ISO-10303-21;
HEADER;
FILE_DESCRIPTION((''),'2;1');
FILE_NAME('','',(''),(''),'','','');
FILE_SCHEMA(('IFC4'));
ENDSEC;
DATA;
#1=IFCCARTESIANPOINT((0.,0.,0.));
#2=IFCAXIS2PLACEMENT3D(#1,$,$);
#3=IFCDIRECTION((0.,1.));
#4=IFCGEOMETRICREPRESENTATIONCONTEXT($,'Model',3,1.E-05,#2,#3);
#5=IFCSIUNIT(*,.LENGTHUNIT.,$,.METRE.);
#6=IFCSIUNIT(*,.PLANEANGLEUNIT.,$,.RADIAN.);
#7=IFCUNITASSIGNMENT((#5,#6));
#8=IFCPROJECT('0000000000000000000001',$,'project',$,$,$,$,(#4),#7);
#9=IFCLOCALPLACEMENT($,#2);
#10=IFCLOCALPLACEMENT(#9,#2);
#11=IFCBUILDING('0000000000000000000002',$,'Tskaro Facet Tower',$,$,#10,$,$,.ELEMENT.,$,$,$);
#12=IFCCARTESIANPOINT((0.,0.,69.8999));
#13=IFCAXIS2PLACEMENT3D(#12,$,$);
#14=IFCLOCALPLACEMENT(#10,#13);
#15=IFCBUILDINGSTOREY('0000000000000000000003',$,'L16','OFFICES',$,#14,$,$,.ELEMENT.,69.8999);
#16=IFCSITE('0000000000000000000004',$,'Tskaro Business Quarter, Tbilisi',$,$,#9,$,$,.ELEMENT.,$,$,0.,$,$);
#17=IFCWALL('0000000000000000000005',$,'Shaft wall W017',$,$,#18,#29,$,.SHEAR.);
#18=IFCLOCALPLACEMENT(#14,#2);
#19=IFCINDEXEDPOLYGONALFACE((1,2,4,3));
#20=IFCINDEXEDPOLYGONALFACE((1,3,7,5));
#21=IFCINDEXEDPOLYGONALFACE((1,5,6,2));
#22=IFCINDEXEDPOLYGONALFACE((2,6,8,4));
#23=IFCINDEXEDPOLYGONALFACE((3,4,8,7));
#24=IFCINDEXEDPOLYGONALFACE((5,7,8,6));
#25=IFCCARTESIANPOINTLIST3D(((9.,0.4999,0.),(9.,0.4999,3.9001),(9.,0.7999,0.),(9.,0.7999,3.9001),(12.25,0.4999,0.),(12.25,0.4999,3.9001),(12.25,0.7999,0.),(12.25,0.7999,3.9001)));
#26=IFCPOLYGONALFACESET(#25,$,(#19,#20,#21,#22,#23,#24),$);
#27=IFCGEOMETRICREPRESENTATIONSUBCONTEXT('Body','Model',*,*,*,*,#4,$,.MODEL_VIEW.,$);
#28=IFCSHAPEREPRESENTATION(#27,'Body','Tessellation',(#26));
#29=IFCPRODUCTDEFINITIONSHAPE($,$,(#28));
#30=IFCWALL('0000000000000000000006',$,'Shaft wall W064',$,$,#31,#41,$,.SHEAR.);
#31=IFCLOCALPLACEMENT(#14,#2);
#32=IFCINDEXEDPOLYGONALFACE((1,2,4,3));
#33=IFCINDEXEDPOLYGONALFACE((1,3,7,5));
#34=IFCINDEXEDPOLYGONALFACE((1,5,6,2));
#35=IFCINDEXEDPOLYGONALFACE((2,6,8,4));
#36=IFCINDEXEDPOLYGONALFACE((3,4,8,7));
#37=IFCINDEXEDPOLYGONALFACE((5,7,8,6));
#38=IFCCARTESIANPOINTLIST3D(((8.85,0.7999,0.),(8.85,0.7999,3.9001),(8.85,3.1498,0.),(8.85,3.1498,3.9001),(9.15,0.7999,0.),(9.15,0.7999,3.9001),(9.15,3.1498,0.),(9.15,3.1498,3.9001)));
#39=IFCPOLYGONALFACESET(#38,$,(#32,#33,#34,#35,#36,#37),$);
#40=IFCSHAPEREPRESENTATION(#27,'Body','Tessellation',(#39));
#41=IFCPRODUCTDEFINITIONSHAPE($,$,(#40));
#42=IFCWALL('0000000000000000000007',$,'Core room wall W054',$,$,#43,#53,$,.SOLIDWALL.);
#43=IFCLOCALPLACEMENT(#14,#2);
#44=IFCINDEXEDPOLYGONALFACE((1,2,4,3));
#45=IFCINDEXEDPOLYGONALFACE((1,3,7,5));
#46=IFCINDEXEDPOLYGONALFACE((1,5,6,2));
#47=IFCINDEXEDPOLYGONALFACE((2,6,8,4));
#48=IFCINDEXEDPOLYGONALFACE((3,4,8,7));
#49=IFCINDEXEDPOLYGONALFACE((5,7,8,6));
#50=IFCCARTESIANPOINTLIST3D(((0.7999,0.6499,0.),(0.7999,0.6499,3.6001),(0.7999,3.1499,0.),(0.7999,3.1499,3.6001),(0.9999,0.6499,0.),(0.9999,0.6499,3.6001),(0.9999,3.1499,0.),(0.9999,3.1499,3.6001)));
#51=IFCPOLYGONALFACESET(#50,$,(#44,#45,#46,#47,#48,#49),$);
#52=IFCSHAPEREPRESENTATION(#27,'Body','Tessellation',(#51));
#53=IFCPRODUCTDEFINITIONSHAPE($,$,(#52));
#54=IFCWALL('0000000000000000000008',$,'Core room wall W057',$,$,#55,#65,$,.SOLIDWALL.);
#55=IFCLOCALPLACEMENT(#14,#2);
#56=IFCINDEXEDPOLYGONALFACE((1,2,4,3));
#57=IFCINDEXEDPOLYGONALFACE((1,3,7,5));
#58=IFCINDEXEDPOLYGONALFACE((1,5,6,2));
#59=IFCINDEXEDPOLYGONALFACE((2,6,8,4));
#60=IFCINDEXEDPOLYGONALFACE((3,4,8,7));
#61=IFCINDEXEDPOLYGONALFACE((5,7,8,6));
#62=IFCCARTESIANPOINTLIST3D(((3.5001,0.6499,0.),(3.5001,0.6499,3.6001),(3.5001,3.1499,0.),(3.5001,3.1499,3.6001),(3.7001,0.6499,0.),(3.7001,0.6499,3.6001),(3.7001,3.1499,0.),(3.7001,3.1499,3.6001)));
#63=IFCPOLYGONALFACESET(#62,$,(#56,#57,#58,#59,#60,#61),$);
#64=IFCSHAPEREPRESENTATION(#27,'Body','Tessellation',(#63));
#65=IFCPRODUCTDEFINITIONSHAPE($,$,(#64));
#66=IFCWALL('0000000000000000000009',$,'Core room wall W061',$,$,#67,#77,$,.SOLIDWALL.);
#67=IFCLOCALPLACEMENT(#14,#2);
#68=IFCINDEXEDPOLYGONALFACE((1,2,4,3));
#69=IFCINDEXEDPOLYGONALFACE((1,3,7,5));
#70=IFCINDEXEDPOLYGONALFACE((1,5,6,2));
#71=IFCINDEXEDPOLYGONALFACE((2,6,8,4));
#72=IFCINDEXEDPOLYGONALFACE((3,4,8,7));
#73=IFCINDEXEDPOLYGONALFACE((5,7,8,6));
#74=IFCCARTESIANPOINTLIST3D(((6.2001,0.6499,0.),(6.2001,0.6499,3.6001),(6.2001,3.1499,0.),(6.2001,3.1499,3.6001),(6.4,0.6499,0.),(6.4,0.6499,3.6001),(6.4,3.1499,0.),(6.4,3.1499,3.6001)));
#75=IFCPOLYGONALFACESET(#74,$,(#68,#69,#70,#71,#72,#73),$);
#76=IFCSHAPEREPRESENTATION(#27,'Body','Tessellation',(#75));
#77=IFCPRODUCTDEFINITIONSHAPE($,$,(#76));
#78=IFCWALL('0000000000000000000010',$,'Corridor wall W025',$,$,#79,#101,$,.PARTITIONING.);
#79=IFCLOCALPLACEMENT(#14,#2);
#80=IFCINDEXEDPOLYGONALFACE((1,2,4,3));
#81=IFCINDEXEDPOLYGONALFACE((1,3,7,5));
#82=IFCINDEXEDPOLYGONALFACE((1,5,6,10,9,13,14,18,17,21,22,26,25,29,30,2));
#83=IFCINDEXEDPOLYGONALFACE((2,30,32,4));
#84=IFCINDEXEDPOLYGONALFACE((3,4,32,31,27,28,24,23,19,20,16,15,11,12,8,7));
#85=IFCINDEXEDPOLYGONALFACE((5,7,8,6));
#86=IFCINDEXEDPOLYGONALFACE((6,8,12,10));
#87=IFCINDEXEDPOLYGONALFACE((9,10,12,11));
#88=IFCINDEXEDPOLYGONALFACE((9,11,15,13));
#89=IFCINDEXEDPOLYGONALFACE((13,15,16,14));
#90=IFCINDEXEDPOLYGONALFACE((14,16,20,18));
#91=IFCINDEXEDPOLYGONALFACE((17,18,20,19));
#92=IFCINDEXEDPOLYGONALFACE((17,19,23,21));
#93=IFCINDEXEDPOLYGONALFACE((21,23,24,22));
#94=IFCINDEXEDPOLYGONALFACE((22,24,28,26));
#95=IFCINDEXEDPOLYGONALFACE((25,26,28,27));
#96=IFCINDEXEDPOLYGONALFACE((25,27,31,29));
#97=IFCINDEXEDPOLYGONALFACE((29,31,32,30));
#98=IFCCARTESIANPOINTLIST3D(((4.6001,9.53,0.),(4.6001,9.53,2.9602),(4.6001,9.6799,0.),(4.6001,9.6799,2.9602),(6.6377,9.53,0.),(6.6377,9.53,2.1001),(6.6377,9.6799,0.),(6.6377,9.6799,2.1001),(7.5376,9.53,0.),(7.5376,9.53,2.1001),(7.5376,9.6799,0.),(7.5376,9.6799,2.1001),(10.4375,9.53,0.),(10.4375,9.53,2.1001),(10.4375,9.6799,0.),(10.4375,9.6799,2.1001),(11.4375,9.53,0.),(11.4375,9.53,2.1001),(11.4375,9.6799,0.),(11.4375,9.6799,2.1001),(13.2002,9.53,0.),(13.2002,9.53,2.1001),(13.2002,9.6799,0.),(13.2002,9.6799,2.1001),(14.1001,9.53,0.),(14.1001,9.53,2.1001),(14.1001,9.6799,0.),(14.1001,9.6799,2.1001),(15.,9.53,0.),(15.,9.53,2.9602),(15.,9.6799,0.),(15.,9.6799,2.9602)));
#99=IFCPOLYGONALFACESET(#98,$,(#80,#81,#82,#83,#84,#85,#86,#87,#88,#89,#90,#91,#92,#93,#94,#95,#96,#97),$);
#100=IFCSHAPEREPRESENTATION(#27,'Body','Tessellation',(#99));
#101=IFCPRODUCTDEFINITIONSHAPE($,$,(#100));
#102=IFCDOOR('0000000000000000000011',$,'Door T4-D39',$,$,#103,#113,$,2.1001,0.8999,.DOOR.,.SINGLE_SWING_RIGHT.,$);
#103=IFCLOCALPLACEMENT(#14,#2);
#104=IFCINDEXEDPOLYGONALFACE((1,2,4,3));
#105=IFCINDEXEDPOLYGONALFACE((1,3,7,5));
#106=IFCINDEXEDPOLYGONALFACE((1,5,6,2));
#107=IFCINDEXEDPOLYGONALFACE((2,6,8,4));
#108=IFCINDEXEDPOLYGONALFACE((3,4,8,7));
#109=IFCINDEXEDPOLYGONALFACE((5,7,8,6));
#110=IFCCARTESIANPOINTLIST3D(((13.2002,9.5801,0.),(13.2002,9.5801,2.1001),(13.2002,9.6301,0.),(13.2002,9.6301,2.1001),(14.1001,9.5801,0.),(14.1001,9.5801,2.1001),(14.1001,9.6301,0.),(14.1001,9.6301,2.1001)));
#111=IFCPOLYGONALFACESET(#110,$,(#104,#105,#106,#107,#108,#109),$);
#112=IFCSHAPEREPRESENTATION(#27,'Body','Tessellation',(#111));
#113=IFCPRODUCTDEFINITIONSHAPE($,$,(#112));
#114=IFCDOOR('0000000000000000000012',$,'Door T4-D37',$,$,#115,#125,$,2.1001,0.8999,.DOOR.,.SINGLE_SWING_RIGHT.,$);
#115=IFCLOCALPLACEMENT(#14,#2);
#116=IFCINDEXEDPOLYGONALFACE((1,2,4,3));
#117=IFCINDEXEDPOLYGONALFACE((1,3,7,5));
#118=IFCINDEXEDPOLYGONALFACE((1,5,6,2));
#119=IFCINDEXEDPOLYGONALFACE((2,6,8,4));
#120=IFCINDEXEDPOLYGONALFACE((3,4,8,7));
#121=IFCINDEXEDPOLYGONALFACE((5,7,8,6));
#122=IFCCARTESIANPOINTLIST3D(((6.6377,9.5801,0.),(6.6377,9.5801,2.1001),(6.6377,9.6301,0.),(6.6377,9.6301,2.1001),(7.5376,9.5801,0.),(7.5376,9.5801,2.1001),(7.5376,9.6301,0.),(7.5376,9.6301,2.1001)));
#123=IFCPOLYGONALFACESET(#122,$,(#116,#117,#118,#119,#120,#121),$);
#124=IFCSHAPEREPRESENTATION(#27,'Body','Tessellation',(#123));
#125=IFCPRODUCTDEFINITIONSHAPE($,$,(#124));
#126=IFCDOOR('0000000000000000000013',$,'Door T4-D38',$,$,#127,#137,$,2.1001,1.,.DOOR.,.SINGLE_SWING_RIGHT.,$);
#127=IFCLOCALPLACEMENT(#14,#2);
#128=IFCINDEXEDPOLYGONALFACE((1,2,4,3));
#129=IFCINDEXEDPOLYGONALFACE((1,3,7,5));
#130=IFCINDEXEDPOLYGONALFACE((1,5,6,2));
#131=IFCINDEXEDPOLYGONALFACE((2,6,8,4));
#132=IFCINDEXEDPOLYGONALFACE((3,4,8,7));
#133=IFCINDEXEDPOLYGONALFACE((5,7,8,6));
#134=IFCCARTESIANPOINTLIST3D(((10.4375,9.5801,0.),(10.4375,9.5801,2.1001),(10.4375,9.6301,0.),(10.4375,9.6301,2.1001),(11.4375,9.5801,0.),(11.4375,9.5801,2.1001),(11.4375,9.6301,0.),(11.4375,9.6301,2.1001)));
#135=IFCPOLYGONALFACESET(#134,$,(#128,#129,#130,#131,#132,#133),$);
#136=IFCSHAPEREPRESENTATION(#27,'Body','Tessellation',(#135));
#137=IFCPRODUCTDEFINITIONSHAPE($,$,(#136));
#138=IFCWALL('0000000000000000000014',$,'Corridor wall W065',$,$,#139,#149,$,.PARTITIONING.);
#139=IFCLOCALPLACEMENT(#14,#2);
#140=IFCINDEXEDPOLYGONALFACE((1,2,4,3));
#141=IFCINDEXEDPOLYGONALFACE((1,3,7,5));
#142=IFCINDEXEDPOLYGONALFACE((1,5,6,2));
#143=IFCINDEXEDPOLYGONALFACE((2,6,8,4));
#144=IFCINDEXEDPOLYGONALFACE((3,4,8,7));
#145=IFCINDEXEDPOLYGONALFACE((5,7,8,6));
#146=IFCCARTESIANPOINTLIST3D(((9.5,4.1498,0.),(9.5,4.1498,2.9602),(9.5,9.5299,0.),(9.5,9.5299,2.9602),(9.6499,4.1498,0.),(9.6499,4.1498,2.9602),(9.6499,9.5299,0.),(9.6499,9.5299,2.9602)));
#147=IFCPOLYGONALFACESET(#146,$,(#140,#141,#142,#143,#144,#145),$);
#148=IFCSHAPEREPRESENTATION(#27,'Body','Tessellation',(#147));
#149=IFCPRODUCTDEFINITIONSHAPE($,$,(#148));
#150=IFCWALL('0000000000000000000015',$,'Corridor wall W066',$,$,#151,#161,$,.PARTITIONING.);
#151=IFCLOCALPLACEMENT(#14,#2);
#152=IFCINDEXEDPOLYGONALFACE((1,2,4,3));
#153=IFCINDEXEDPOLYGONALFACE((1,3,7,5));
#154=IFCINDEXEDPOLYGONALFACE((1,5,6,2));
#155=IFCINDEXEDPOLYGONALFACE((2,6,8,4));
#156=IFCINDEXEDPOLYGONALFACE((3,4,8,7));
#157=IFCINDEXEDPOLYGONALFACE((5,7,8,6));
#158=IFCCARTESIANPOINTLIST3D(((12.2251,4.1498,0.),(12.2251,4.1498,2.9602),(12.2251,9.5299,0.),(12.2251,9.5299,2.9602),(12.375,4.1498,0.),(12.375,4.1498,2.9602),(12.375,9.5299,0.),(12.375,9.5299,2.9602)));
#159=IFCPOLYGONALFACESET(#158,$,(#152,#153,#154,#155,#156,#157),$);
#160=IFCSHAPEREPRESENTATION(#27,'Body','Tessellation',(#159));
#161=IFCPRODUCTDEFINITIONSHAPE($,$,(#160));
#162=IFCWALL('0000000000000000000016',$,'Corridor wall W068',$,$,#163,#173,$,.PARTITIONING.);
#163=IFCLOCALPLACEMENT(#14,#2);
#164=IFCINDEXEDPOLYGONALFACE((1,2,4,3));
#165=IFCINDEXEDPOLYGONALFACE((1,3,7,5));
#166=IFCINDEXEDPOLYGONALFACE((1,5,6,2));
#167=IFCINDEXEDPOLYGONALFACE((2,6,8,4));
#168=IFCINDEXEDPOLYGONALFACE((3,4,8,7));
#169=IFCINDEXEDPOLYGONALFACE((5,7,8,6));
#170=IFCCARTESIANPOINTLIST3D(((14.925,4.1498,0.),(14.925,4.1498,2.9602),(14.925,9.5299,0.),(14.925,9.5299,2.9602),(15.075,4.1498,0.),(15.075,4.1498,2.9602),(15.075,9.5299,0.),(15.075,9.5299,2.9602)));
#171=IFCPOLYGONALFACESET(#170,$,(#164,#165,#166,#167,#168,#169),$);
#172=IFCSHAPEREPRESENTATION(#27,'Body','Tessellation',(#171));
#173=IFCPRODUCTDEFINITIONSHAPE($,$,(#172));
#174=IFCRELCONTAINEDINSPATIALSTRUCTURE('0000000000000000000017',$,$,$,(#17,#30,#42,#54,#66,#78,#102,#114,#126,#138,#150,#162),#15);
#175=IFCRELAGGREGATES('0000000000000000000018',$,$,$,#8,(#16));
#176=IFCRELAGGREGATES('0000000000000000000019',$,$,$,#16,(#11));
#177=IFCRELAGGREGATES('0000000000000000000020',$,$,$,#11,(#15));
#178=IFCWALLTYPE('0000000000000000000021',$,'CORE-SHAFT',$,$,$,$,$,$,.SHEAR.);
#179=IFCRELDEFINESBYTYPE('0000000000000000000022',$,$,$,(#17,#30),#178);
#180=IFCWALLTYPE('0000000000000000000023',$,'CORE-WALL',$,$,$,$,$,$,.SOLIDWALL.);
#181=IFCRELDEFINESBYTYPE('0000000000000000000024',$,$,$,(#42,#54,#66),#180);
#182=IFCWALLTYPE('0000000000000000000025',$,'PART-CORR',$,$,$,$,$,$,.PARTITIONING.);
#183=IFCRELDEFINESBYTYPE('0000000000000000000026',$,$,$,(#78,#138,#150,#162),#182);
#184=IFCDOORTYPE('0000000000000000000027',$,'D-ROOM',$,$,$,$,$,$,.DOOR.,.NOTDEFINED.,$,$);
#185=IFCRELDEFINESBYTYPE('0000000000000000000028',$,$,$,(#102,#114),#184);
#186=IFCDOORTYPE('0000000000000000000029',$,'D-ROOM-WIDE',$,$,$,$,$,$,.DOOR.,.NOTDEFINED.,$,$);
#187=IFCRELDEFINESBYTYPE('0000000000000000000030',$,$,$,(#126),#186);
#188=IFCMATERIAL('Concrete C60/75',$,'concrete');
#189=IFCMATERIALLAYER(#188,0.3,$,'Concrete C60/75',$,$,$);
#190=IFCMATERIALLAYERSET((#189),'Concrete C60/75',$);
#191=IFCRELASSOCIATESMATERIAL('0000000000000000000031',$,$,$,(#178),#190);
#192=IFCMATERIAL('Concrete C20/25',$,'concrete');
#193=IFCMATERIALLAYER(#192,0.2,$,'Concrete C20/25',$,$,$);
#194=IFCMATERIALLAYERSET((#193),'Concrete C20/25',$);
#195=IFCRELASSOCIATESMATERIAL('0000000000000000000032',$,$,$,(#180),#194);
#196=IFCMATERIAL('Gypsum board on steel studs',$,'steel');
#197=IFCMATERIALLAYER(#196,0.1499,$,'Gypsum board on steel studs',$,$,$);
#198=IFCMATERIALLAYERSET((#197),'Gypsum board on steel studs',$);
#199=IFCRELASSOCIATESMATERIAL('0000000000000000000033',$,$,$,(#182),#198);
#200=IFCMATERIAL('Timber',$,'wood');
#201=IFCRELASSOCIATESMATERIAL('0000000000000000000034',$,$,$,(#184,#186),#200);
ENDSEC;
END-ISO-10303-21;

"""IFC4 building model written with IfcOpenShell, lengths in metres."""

from ifc_helpers import new_model, si_unit, direction, frame, frame_2d, origin, place, context, subcontext, project, spatial, rectangle, extrude, material, layer, layer_set, type_object, element, fill, save


model = new_model("IFC4")

# Units and contexts
model_context = context("Model", 3, precision=1e-05, world=origin(), true_north=direction((0.0, 1.0)))
body_context = subcontext(model_context, "Body", "Model", "MODEL_VIEW")
ifc_project = project(units=[si_unit("LENGTHUNIT", "METRE"), si_unit("PLANEANGLEUNIT", "RADIAN")], contexts=[model_context])

# Site, building, storey
site_placement = place(None, origin())
site = spatial("IfcSite", under=ifc_project, at=site_placement, Name="Tskaro Business Quarter, Tbilisi", CompositionType="ELEMENT", RefElevation=0.0)
building_placement = place(site_placement, origin())
building = spatial("IfcBuilding", under=site, at=building_placement, Name="Tskaro Facet Tower", CompositionType="ELEMENT")
storey_placement = place(building_placement, frame((0.0, 0.0, 69.8999)))
storey = spatial("IfcBuildingStorey", under=building, at=storey_placement, Name="L16", Description="OFFICES", CompositionType="ELEMENT", Elevation=69.8999)

# Shared definitions
ifc_material_1 = material(Name="Concrete C60/75", Category="concrete")
ifc_layer_1 = layer(ifc_material_1, 0.3, Name="Concrete C60/75")
ifc_layer_set_1 = layer_set([ifc_layer_1], Name="Concrete C60/75")
wall_type_1 = type_object("IfcWallType", Name="CORE-SHAFT", PredefinedType="SHEAR", material=ifc_layer_set_1)

# Walls
wall_1_placement = place(storey_placement, frame((12.25, 0.6499, 0.0), z_axis=(0.0, 0.0, 1.0), x_axis=(-1.0, 0.0, 0.0)))
element("IfcWall", 1, at=wall_1_placement, inside=storey, type_object=wall_type_1, Name="Shaft wall W017", PredefinedType="SHEAR", context=body_context, shape_type="SweptSolid", body=[
    extrude(rectangle(XDim=3.25, YDim=0.3, at=frame_2d((1.625, 0.0))), origin(), (0.0, 0.0, 1.0), 3.9001),
])
wall_2_placement = place(storey_placement, frame((9.0, 0.8, 0.0), z_axis=(0.0, 0.0, 1.0), x_axis=(0.0, 1.0, 0.0)))
element("IfcWall", 2, at=wall_2_placement, inside=storey, type_object=wall_type_1, Name="Shaft wall W064", PredefinedType="SHEAR", context=body_context, shape_type="SweptSolid", body=[
    extrude(rectangle(XDim=2.3499, YDim=0.3, at=frame_2d((1.1748, 0.0))), origin(), (0.0, 0.0, 1.0), 3.9001),
])
ifc_material_2 = material(Name="Concrete C20/25", Category="concrete")
ifc_layer_2 = layer(ifc_material_2, 0.2, Name="Concrete C20/25")
ifc_layer_set_2 = layer_set([ifc_layer_2], Name="Concrete C20/25")
wall_type_2 = type_object("IfcWallType", Name="CORE-WALL", PredefinedType="SOLIDWALL", material=ifc_layer_set_2)
for number, where, z_axis, x_axis, name in (
    (3, (0.8999, 0.6499, 0.0), (0.0, 0.0, 1.0), (0.0, 1.0, 0.0), "Core room wall W054"),
    (4, (3.6001, 0.6499, 0.0), (0.0, 0.0, 1.0), (0.0, 1.0, 0.0), "Core room wall W057"),
    (5, (6.3, 0.6499, 0.0), (0.0, 0.0, 1.0), (0.0, 1.0, 0.0), "Core room wall W061"),
):
    element("IfcWall", number, at=place(storey_placement, frame(where, z_axis=z_axis, x_axis=x_axis)), inside=storey, type_object=wall_type_2, Name=name, PredefinedType="SOLIDWALL", context=body_context, shape_type="SweptSolid", body=[
        extrude(rectangle(XDim=2.5, YDim=0.2, at=frame_2d((1.25, 0.0))), origin(), (0.0, 0.0, 1.0), 3.6001),
    ])

# Wall, openings, doors
ifc_material_3 = material(Name="Gypsum board on steel studs", Category="steel")
ifc_layer_3 = layer(ifc_material_3, 0.1499, Name="Gypsum board on steel studs")
ifc_layer_set_3 = layer_set([ifc_layer_3], Name="Gypsum board on steel studs")
wall_type_3 = type_object("IfcWallType", Name="PART-CORR", PredefinedType="PARTITIONING", material=ifc_layer_set_3)
wall_3_placement = place(storey_placement, frame((15.0, 9.605, 0.0), z_axis=(0.0, 0.0, 1.0), x_axis=(-1.0, 0.0, 0.0)))
wall_3 = element("IfcWall", 6, at=wall_3_placement, inside=storey, type_object=wall_type_3, Name="Corridor wall W025", PredefinedType="PARTITIONING", context=body_context, shape_type="SweptSolid", body=[
    extrude(rectangle(XDim=10.3999, YDim=0.1499, at=frame_2d((5.2, 0.0))), origin(), (0.0, 0.0, 1.0), 2.9602),
])
opening_1_placement = place(wall_3_placement, frame((0.8999, 0.0, 0.0)))
opening_1 = element("IfcOpeningElement", 7, at=opening_1_placement, cuts=wall_3, PredefinedType="OPENING", context=body_context, shape_type="SweptSolid", body=[
    extrude(rectangle(XDim=0.8999, YDim=2.1001, at=frame_2d((0.45, 1.05))), frame((0.0, 0.085, 0.0), z_axis=(0.0, -1.0, 0.0), x_axis=(1.0, 0.0, 0.0)), (0.0, 0.0, 1.0), 0.1699),
])
opening_2_placement = place(wall_3_placement, frame((7.4624, 0.0, 0.0)))
opening_2 = element("IfcOpeningElement", 8, at=opening_2_placement, cuts=wall_3, PredefinedType="OPENING", context=body_context, shape_type="SweptSolid", body=[
    extrude(rectangle(XDim=0.8999, YDim=2.1001, at=frame_2d((0.45, 1.05))), frame((0.0, 0.085, 0.0), z_axis=(0.0, -1.0, 0.0), x_axis=(1.0, 0.0, 0.0)), (0.0, 0.0, 1.0), 0.1699),
])
opening_3_placement = place(wall_3_placement, frame((3.5625, 0.0, 0.0)))
opening_3 = element("IfcOpeningElement", 9, at=opening_3_placement, cuts=wall_3, PredefinedType="OPENING", context=body_context, shape_type="SweptSolid", body=[
    extrude(rectangle(XDim=1.0, YDim=2.1001, at=frame_2d((0.5, 1.05))), frame((0.0, 0.085, 0.0), z_axis=(0.0, -1.0, 0.0), x_axis=(1.0, 0.0, 0.0)), (0.0, 0.0, 1.0), 0.1699),
])
ifc_material_4 = material(Name="Timber", Category="wood")
door_type_1 = type_object("IfcDoorType", Name="D-ROOM", OperationType="NOTDEFINED", PredefinedType="DOOR", material=ifc_material_4)
door_1_placement = place(opening_1_placement, origin())
door_1 = element("IfcDoor", 10, at=door_1_placement, inside=storey, type_object=door_type_1, Name="Door T4-D39", OperationType="SINGLE_SWING_RIGHT", OverallHeight=2.1001, OverallWidth=0.8999, PredefinedType="DOOR", context=body_context, shape_type="SweptSolid", body=[
    extrude(rectangle(XDim=0.8999, YDim=2.1001, at=frame_2d((0.45, 1.05))), frame((0.0, 0.0249, 0.0), z_axis=(0.0, -1.0, 0.0), x_axis=(1.0, 0.0, 0.0)), (0.0, 0.0, 1.0), 0.05),
])
fill(opening_1, door_1)
door_2_placement = place(opening_2_placement, origin())
door_2 = element("IfcDoor", 11, at=door_2_placement, inside=storey, type_object=door_type_1, Name="Door T4-D37", OperationType="SINGLE_SWING_RIGHT", OverallHeight=2.1001, OverallWidth=0.8999, PredefinedType="DOOR", context=body_context, shape_type="SweptSolid", body=[
    extrude(rectangle(XDim=0.8999, YDim=2.1001, at=frame_2d((0.45, 1.05))), frame((0.0, 0.0249, 0.0), z_axis=(0.0, -1.0, 0.0), x_axis=(1.0, 0.0, 0.0)), (0.0, 0.0, 1.0), 0.05),
])
fill(opening_2, door_2)
door_type_2 = type_object("IfcDoorType", Name="D-ROOM-WIDE", OperationType="NOTDEFINED", PredefinedType="DOOR", material=ifc_material_4)
door_3_placement = place(opening_3_placement, origin())
door_3 = element("IfcDoor", 12, at=door_3_placement, inside=storey, type_object=door_type_2, Name="Door T4-D38", OperationType="SINGLE_SWING_RIGHT", OverallHeight=2.1001, OverallWidth=1.0, PredefinedType="DOOR", context=body_context, shape_type="SweptSolid", body=[
    extrude(rectangle(XDim=1.0, YDim=2.1001, at=frame_2d((0.5, 1.05))), frame((0.0, 0.0249, 0.0), z_axis=(0.0, -1.0, 0.0), x_axis=(1.0, 0.0, 0.0)), (0.0, 0.0, 1.0), 0.05),
])
fill(opening_3, door_3)

# Walls
for number, where, z_axis, x_axis, name in (
    (13, (9.575, 4.1499, 0.0), (0.0, 0.0, 1.0), (0.0, 1.0, 0.0), "Corridor wall W065"),
    (14, (12.3, 4.1499, 0.0), (0.0, 0.0, 1.0), (0.0, 1.0, 0.0), "Corridor wall W066"),
    (15, (15.0, 4.1499, 0.0), (0.0, 0.0, 1.0), (0.0, 1.0, 0.0), "Corridor wall W068"),
):
    element("IfcWall", number, at=place(storey_placement, frame(where, z_axis=z_axis, x_axis=x_axis)), inside=storey, type_object=wall_type_3, Name=name, PredefinedType="PARTITIONING", context=body_context, shape_type="SweptSolid", body=[
        extrude(rectangle(XDim=5.3801, YDim=0.1499, at=frame_2d((2.6899, 0.0))), origin(), (0.0, 0.0, 1.0), 2.9602),
    ])

save(model, "model.ifc")
